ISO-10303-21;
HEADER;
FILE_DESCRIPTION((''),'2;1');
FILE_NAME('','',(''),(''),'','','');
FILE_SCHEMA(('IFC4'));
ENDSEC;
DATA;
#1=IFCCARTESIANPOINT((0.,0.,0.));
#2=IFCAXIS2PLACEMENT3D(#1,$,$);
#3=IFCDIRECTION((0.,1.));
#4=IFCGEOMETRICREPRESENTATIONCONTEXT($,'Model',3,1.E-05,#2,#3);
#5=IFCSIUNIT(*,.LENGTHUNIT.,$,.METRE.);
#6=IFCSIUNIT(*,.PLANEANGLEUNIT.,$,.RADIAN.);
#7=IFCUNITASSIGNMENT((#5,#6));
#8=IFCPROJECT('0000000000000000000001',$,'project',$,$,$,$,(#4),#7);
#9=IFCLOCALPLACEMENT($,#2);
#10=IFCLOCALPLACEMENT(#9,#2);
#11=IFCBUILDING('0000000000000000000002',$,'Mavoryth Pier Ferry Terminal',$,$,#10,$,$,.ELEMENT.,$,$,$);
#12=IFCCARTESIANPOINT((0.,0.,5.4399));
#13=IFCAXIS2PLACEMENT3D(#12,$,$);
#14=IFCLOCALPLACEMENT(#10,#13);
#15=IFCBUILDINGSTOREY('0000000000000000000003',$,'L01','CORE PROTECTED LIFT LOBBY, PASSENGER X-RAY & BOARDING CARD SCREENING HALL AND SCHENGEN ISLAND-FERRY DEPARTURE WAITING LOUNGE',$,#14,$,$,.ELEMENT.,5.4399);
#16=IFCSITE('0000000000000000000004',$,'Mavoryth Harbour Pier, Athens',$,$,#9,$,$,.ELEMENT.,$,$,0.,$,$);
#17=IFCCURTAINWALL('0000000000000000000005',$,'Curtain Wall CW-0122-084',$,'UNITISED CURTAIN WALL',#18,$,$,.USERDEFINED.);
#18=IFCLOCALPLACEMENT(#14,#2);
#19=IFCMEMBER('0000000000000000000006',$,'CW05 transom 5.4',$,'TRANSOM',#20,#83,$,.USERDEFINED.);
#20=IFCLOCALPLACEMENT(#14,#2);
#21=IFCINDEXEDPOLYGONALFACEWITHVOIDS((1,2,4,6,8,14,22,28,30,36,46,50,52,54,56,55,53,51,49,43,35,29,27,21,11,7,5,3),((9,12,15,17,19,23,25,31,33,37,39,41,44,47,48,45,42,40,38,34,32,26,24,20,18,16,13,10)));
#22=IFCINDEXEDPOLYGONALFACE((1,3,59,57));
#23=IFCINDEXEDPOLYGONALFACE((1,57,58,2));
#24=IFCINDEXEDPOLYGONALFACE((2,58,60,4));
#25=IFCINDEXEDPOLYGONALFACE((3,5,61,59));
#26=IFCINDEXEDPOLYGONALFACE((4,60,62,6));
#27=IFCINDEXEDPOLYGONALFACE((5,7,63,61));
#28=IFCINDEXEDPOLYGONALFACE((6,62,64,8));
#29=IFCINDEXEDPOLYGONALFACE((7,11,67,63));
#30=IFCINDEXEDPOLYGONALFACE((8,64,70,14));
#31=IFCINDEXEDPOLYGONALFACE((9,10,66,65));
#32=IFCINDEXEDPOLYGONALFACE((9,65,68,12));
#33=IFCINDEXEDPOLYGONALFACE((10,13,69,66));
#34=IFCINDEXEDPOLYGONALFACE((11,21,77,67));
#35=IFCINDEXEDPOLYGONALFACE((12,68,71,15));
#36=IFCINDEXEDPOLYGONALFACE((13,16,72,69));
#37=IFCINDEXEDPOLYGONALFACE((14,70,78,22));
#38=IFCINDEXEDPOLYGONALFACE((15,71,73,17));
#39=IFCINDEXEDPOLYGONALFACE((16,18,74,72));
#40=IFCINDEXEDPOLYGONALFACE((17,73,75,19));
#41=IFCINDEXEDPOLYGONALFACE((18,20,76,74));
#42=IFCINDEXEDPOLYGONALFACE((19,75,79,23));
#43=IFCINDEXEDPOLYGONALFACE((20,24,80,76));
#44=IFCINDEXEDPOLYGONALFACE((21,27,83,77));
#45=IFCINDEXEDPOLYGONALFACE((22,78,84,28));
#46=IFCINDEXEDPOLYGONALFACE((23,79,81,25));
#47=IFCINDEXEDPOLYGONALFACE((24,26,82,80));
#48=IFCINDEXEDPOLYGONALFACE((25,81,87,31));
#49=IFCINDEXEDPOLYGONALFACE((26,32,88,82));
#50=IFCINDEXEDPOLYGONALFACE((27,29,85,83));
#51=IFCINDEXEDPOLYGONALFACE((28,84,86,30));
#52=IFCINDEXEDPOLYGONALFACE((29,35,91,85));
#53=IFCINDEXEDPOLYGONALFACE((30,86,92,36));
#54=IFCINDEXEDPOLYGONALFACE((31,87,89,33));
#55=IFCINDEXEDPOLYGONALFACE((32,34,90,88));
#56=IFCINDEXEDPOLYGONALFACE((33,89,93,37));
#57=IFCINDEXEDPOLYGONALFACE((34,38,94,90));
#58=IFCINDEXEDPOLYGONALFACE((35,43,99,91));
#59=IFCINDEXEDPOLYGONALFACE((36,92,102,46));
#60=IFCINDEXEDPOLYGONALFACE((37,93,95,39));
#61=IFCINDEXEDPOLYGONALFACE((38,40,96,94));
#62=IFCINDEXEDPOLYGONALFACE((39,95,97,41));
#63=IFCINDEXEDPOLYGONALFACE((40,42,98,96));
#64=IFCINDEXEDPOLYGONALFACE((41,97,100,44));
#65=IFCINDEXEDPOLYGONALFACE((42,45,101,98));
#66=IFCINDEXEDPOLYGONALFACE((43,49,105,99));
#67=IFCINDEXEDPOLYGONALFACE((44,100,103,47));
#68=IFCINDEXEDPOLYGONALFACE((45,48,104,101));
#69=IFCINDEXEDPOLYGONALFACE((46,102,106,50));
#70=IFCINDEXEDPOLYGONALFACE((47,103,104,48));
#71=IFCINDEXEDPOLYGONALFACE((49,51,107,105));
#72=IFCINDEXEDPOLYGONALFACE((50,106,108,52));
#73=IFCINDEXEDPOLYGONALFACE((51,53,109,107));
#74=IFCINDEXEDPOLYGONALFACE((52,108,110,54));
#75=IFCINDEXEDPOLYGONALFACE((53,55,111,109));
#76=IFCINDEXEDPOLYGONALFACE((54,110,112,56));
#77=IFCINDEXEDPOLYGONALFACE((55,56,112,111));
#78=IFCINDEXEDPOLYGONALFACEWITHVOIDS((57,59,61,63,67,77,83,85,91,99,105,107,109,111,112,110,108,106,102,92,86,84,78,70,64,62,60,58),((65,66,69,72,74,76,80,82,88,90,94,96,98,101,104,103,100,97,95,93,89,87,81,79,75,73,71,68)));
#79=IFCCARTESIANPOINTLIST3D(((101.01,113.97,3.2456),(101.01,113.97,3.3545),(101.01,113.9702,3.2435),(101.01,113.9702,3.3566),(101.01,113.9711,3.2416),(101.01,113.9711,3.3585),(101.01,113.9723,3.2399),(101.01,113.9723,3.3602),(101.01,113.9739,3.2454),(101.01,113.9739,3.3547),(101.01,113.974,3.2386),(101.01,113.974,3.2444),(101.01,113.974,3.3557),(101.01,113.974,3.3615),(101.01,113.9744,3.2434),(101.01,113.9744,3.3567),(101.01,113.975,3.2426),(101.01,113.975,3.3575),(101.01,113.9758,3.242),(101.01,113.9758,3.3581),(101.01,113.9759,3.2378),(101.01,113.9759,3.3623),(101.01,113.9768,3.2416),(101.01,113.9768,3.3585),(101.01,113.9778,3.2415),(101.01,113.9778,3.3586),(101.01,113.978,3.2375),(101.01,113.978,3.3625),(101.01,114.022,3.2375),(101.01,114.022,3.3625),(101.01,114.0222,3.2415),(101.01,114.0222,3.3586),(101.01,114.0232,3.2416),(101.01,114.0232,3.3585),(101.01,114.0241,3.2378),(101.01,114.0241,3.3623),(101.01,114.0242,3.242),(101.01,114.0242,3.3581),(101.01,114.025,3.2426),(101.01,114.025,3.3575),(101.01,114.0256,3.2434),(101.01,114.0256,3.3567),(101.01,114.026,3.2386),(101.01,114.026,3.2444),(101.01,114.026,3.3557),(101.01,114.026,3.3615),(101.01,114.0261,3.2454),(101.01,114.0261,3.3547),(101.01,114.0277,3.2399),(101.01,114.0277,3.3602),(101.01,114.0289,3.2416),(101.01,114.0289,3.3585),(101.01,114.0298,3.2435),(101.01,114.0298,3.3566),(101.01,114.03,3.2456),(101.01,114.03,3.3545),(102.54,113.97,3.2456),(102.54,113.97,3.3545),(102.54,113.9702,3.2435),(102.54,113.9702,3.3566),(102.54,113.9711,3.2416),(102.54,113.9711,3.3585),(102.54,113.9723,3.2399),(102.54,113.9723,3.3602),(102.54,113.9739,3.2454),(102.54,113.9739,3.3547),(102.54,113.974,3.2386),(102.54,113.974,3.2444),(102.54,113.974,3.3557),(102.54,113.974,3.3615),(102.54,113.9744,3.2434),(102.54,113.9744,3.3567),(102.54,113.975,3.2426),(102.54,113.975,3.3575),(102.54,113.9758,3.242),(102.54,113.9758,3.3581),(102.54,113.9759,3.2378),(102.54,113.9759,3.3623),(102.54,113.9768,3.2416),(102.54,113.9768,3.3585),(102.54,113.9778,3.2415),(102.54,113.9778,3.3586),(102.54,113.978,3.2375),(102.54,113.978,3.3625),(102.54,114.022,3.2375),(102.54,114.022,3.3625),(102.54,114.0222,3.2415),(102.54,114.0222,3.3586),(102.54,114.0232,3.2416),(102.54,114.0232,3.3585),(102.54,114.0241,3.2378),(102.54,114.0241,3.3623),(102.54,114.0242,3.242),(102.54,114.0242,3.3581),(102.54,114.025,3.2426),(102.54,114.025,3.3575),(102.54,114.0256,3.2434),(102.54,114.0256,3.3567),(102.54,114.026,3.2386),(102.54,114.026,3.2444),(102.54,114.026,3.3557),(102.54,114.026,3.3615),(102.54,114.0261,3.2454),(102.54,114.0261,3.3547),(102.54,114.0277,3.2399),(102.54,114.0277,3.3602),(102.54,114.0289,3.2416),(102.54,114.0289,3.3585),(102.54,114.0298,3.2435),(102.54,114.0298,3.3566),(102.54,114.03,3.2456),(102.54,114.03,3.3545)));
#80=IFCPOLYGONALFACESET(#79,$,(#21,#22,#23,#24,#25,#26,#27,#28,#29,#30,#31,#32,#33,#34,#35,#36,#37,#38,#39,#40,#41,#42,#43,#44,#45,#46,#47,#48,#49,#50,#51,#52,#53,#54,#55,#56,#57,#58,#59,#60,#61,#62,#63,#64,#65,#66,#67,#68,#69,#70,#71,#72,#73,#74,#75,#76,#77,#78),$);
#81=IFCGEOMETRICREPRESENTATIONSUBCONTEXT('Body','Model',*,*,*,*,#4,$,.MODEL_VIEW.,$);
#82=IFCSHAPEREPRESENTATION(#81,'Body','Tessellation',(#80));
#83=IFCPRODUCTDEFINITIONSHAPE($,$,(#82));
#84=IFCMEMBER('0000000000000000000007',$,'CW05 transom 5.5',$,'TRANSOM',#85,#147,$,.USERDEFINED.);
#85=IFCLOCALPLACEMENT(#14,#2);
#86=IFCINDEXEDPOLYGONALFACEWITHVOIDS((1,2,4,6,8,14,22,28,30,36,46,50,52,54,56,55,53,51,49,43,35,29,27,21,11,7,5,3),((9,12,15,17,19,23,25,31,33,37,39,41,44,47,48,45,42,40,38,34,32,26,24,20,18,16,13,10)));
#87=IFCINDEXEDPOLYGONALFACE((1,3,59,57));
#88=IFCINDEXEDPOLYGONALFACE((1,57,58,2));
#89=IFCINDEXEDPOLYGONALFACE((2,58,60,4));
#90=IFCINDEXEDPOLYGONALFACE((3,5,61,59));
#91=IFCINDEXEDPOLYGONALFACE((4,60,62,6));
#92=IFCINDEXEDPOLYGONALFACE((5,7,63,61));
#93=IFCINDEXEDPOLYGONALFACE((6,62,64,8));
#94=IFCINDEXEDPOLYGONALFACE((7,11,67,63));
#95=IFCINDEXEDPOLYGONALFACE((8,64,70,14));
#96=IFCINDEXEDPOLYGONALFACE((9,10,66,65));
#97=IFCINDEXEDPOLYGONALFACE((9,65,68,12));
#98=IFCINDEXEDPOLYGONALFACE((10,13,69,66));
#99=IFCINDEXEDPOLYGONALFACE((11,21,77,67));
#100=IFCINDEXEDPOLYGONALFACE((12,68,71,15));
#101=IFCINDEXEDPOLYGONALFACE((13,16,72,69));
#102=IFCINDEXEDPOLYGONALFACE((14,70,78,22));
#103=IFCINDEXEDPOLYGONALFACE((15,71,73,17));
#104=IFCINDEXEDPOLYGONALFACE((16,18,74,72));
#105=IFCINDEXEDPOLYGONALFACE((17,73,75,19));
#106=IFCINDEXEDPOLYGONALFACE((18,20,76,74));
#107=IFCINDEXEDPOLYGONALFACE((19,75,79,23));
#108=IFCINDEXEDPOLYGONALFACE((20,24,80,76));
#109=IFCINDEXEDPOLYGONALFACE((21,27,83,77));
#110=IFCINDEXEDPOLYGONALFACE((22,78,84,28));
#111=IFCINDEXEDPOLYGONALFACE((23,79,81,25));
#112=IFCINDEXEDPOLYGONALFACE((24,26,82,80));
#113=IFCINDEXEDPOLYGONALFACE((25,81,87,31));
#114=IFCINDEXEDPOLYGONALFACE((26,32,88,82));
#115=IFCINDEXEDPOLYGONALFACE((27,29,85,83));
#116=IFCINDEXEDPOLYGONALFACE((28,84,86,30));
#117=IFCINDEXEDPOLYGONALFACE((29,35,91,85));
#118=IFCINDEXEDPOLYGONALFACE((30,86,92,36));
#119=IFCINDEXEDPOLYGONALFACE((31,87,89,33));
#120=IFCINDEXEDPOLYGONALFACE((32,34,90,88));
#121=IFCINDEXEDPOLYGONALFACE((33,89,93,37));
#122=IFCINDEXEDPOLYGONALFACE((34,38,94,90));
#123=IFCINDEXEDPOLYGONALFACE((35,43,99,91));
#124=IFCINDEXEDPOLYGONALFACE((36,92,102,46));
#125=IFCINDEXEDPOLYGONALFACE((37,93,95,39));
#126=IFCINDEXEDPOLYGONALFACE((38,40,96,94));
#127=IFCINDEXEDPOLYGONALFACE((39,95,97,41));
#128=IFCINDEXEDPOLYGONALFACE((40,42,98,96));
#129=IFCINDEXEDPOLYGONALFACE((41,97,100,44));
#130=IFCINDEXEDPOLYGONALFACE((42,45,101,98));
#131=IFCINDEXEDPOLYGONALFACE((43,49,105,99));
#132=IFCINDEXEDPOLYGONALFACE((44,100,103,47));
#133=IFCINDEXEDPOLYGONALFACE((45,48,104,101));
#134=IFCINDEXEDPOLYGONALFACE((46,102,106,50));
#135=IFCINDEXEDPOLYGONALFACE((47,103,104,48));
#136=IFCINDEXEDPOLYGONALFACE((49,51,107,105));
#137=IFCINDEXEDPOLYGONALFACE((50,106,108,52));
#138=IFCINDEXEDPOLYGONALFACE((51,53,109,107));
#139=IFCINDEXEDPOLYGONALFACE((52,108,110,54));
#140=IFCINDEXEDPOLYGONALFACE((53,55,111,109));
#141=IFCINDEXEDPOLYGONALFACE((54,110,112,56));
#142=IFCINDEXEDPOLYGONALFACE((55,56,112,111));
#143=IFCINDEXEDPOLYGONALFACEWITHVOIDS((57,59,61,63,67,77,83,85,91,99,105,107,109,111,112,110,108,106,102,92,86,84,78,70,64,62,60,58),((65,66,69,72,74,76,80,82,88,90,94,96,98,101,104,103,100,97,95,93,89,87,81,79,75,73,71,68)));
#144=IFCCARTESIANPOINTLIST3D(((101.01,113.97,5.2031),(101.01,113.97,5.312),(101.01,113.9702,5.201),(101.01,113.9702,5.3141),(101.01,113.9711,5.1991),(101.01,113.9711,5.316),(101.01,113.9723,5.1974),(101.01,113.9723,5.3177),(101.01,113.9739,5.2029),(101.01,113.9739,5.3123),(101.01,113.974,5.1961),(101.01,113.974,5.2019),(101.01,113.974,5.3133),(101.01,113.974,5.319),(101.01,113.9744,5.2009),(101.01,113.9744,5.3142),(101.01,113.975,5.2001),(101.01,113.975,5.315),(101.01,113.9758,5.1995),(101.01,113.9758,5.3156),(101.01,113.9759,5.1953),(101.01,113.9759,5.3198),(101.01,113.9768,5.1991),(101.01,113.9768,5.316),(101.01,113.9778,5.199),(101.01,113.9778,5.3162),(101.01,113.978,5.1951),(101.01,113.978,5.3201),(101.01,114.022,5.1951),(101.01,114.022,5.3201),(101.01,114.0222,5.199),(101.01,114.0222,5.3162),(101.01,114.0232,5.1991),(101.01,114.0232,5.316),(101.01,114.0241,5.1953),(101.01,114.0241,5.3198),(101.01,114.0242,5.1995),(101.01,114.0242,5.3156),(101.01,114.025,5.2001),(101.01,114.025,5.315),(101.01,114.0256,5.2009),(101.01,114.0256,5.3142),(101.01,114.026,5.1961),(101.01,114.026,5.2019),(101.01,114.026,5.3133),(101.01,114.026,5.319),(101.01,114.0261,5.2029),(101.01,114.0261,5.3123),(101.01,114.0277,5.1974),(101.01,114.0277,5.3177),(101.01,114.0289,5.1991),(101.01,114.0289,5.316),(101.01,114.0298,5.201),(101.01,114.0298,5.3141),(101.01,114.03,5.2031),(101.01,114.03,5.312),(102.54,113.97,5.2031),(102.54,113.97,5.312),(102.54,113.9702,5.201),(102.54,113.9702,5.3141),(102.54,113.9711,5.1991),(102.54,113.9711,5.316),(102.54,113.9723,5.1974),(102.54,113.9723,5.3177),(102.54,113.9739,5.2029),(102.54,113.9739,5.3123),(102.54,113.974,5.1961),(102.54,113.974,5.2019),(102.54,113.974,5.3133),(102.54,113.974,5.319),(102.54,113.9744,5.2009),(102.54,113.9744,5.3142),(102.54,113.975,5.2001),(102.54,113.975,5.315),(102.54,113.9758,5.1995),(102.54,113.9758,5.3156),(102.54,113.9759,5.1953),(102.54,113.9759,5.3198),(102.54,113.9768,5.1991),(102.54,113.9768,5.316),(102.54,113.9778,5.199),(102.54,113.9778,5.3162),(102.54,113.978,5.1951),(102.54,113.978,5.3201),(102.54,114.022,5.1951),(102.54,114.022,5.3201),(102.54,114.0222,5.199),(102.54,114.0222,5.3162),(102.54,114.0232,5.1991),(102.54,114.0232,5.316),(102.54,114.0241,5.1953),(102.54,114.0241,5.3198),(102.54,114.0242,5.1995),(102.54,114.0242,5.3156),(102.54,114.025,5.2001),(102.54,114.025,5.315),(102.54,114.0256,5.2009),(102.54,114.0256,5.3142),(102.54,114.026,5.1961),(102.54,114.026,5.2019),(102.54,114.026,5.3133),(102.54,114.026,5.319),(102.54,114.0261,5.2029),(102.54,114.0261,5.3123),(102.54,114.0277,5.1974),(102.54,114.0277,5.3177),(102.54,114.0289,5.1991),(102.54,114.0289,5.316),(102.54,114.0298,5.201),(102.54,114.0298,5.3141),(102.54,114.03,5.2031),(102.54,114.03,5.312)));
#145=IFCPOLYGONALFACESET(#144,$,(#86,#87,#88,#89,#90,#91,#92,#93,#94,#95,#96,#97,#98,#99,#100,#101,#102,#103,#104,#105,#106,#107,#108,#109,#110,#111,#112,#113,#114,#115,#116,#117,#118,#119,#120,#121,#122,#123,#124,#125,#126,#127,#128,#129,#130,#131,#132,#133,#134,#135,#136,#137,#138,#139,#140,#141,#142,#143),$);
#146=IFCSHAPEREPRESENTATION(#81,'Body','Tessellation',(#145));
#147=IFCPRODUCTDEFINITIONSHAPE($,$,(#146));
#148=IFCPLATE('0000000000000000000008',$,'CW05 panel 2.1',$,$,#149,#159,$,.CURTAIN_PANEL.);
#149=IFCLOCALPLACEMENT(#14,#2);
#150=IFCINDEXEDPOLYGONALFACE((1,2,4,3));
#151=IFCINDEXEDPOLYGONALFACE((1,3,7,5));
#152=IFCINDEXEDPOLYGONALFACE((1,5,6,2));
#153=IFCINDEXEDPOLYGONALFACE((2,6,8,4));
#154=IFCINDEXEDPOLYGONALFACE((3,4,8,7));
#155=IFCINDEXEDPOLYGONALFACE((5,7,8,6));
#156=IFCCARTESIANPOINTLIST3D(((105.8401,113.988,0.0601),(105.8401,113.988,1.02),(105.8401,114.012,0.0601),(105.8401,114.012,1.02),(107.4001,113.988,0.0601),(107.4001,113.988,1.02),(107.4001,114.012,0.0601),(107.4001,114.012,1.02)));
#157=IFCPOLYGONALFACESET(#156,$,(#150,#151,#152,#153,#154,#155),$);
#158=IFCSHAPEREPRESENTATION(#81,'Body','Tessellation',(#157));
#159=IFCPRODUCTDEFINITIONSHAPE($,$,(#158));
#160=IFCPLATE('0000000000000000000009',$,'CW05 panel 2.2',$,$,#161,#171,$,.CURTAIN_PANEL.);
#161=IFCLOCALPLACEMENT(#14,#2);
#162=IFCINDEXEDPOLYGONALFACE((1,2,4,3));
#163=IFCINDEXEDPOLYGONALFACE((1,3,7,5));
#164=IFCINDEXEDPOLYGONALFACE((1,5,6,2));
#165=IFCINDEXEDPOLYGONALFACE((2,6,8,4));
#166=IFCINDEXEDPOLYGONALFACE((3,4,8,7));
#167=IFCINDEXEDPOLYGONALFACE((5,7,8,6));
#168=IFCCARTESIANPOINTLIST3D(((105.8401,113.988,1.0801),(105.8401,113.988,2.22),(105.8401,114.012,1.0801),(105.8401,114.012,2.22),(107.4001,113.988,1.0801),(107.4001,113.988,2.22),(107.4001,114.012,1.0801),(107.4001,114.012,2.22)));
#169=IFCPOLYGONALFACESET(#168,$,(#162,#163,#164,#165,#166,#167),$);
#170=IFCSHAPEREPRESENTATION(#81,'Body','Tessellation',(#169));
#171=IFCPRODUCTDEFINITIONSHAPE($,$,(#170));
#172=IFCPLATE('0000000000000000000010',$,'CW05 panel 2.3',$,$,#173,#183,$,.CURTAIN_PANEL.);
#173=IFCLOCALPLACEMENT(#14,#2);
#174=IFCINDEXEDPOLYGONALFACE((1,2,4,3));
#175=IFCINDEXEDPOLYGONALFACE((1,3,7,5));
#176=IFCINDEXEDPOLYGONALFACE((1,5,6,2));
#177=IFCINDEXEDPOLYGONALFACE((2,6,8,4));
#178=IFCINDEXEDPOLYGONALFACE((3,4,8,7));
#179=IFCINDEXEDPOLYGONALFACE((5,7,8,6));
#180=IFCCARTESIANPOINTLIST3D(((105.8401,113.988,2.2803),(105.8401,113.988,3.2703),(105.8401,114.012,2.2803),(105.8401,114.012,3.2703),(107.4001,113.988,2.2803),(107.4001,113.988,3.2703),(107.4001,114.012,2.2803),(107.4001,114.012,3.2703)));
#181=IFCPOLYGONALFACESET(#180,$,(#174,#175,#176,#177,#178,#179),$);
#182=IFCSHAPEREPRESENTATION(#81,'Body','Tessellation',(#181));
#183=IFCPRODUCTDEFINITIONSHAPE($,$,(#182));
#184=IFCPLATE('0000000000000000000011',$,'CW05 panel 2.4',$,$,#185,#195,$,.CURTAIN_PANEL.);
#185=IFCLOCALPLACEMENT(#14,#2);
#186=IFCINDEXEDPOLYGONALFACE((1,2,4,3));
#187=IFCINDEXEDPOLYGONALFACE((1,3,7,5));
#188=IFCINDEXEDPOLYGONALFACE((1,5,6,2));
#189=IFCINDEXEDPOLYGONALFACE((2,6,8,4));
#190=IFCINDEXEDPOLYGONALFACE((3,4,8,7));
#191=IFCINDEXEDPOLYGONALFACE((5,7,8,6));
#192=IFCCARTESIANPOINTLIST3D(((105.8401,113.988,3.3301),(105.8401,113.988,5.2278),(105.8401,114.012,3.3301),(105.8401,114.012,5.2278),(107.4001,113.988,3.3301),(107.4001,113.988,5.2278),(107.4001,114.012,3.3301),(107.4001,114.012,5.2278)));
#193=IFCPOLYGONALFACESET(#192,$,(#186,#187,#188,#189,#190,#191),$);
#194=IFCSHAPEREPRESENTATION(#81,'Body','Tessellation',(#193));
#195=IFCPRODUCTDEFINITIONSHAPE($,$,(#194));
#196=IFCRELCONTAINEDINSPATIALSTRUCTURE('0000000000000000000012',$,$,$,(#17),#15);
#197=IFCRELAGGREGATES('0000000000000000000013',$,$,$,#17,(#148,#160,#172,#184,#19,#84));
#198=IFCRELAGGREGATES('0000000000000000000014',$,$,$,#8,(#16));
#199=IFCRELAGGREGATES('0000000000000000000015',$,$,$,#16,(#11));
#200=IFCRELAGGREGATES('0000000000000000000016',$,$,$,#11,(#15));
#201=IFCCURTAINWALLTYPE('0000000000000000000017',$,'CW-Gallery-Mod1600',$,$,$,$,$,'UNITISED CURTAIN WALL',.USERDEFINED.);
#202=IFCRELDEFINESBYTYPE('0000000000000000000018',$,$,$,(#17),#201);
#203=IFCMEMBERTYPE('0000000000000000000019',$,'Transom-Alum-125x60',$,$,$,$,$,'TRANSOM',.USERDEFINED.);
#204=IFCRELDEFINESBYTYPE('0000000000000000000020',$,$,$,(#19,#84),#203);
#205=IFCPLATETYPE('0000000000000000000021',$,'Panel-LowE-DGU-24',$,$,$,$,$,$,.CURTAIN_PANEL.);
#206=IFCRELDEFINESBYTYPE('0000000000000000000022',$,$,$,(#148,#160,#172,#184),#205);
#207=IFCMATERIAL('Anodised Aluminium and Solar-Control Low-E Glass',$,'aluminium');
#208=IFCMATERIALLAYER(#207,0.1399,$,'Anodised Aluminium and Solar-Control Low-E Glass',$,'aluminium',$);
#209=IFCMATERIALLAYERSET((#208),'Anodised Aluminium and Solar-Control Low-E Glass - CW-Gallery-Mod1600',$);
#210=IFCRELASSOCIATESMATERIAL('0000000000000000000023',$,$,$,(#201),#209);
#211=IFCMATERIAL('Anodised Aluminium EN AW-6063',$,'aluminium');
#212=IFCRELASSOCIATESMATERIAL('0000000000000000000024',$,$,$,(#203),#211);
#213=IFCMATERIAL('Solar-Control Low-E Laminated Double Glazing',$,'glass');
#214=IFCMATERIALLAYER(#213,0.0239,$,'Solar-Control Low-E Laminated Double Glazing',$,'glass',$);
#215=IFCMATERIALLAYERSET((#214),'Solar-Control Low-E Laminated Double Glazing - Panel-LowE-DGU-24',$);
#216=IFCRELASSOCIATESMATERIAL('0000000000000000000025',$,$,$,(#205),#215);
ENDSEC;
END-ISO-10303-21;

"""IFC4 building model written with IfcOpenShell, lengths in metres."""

from ifc_helpers import new_model, si_unit, direction, frame, origin, origin_2d, place, context, subcontext, project, spatial, rectangle, hollow_rectangle, extrude, material, layer, layer_set, material_profile, profile_set, type_object, element, aggregate, save


model = new_model("IFC4")

# Units and contexts
model_context = context("Model", 3, precision=1e-05, world=origin(), true_north=direction((0.0, 1.0)))
body_context = subcontext(model_context, "Body", "Model", "MODEL_VIEW")
ifc_project = project(units=[si_unit("LENGTHUNIT", "METRE"), si_unit("PLANEANGLEUNIT", "RADIAN")], contexts=[model_context])

# Site, building, storey
site_placement = place(None, origin())
site = spatial("IfcSite", under=ifc_project, at=site_placement, Name="Mavoryth Harbour Pier, Athens", CompositionType="ELEMENT", RefElevation=0.0)
building_placement = place(site_placement, origin())
building = spatial("IfcBuilding", under=site, at=building_placement, Name="Mavoryth Pier Ferry Terminal", CompositionType="ELEMENT")
storey_placement = place(building_placement, frame((0.0, 0.0, 5.4399)))
storey = spatial("IfcBuildingStorey", under=building, at=storey_placement, Name="L01", Description="CORE PROTECTED LIFT LOBBY, PASSENGER X-RAY & BOARDING CARD SCREENING HALL AND SCHENGEN ISLAND-FERRY DEPARTURE WAITING LOUNGE", CompositionType="ELEMENT", Elevation=5.4399)

# Curtain wall
ifc_material_1 = material(Name="Anodised Aluminium and Solar-Control Low-E Glass", Category="aluminium")
ifc_layer_1 = layer(ifc_material_1, 0.1399, Name="Anodised Aluminium and Solar-Control Low-E Glass", Category="aluminium")
ifc_layer_set_1 = layer_set([ifc_layer_1], Name="Anodised Aluminium and Solar-Control Low-E Glass - CW-Gallery-Mod1600")
curtain_wall_type = type_object("IfcCurtainWallType", Name="CW-Gallery-Mod1600", ElementType="UNITISED CURTAIN WALL", PredefinedType="USERDEFINED", material=ifc_layer_set_1)
curtain_wall_placement = place(storey_placement, origin())
curtain_wall = element("IfcCurtainWall", 1, at=curtain_wall_placement, inside=storey, type_object=curtain_wall_type, Name="Curtain Wall CW-0122-084", ObjectType="UNITISED CURTAIN WALL", PredefinedType="USERDEFINED")
ifc_material_2 = material(Name="Anodised Aluminium EN AW-6063", Category="aluminium")

# Members
ifc_material_profile_1 = material_profile(ifc_material_2, hollow_rectangle(XDim=0.0601, YDim=0.125, WallThickness=0.0039, InnerFilletRadius=0.0039, OuterFilletRadius=0.0081, at=origin_2d()), Name="AL-TRAN 125x60x4", Category="aluminium")
ifc_profile_set_1 = profile_set([ifc_material_profile_1], Name="Anodised Aluminium EN AW-6063 - AL-TRAN 125x60x4")
member_type_1 = type_object("IfcMemberType", Name="Transom-Alum-125x60", ElementType="TRANSOM", PredefinedType="USERDEFINED", material=ifc_profile_set_1)
member_1_placement = place(storey_placement, frame((102.54, 114.0, 3.3), z_axis=(-1.0, 0.0, 0.0), x_axis=(0.0, -1.0, 0.0)))
member_1 = element("IfcMember", 2, at=member_1_placement, type_object=member_type_1, Name="CW05 transom 5.4", ObjectType="TRANSOM", PredefinedType="USERDEFINED", context=body_context, shape_type="SweptSolid", body=[
    extrude(hollow_rectangle(XDim=0.0601, YDim=0.125, WallThickness=0.0039, InnerFilletRadius=0.0039, OuterFilletRadius=0.0081, at=origin_2d()), origin(), (0.0, 0.0, 1.0), 1.53),
])
member_2_placement = place(storey_placement, frame((102.54, 114.0, 5.2576), z_axis=(-1.0, 0.0, 0.0), x_axis=(0.0, -1.0, 0.0)))
member_2 = element("IfcMember", 3, at=member_2_placement, type_object=member_type_1, Name="CW05 transom 5.5", ObjectType="TRANSOM", PredefinedType="USERDEFINED", context=body_context, shape_type="SweptSolid", body=[
    extrude(hollow_rectangle(XDim=0.0601, YDim=0.125, WallThickness=0.0039, InnerFilletRadius=0.0039, OuterFilletRadius=0.0081, at=origin_2d()), origin(), (0.0, 0.0, 1.0), 1.53),
])

# Plates
ifc_material_3 = material(Name="Solar-Control Low-E Laminated Double Glazing", Category="glass")
ifc_layer_2 = layer(ifc_material_3, 0.0239, Name="Solar-Control Low-E Laminated Double Glazing", Category="glass")
ifc_layer_set_2 = layer_set([ifc_layer_2], Name="Solar-Control Low-E Laminated Double Glazing - Panel-LowE-DGU-24")
plate_type = type_object("IfcPlateType", Name="Panel-LowE-DGU-24", PredefinedType="CURTAIN_PANEL", material=ifc_layer_set_2)
plate_1_placement = place(storey_placement, frame((106.6201, 114.0, 0.0601), z_axis=(0.0, 0.0, 1.0), x_axis=(-1.0, 0.0, 0.0)))
plate_1 = element("IfcPlate", 4, at=plate_1_placement, type_object=plate_type, Name="CW05 panel 2.1", PredefinedType="CURTAIN_PANEL", context=body_context, shape_type="SweptSolid", body=[
    extrude(rectangle(XDim=1.5601, YDim=0.0239, at=origin_2d()), origin(), (0.0, 0.0, 1.0), 0.96),
])
plate_2_placement = place(storey_placement, frame((106.6201, 114.0, 1.0801), z_axis=(0.0, 0.0, 1.0), x_axis=(-1.0, 0.0, 0.0)))
plate_2 = element("IfcPlate", 5, at=plate_2_placement, type_object=plate_type, Name="CW05 panel 2.2", PredefinedType="CURTAIN_PANEL", context=body_context, shape_type="SweptSolid", body=[
    extrude(rectangle(XDim=1.5601, YDim=0.0239, at=origin_2d()), origin(), (0.0, 0.0, 1.0), 1.1399),
])
plate_3_placement = place(storey_placement, frame((106.6201, 114.0, 2.2803), z_axis=(0.0, 0.0, 1.0), x_axis=(-1.0, 0.0, 0.0)))
plate_3 = element("IfcPlate", 6, at=plate_3_placement, type_object=plate_type, Name="CW05 panel 2.3", PredefinedType="CURTAIN_PANEL", context=body_context, shape_type="SweptSolid", body=[
    extrude(rectangle(XDim=1.5601, YDim=0.0239, at=origin_2d()), origin(), (0.0, 0.0, 1.0), 0.99),
])
plate_4_placement = place(storey_placement, frame((106.6201, 114.0, 3.3301), z_axis=(0.0, 0.0, 1.0), x_axis=(-1.0, 0.0, 0.0)))
plate_4 = element("IfcPlate", 7, at=plate_4_placement, type_object=plate_type, Name="CW05 panel 2.4", PredefinedType="CURTAIN_PANEL", context=body_context, shape_type="SweptSolid", body=[
    extrude(rectangle(XDim=1.5601, YDim=0.0239, at=origin_2d()), origin(), (0.0, 0.0, 1.0), 1.8977),
])
aggregate(curtain_wall, [plate_1, plate_2, plate_3, plate_4, member_1, member_2])

save(model, "model.ifc")
